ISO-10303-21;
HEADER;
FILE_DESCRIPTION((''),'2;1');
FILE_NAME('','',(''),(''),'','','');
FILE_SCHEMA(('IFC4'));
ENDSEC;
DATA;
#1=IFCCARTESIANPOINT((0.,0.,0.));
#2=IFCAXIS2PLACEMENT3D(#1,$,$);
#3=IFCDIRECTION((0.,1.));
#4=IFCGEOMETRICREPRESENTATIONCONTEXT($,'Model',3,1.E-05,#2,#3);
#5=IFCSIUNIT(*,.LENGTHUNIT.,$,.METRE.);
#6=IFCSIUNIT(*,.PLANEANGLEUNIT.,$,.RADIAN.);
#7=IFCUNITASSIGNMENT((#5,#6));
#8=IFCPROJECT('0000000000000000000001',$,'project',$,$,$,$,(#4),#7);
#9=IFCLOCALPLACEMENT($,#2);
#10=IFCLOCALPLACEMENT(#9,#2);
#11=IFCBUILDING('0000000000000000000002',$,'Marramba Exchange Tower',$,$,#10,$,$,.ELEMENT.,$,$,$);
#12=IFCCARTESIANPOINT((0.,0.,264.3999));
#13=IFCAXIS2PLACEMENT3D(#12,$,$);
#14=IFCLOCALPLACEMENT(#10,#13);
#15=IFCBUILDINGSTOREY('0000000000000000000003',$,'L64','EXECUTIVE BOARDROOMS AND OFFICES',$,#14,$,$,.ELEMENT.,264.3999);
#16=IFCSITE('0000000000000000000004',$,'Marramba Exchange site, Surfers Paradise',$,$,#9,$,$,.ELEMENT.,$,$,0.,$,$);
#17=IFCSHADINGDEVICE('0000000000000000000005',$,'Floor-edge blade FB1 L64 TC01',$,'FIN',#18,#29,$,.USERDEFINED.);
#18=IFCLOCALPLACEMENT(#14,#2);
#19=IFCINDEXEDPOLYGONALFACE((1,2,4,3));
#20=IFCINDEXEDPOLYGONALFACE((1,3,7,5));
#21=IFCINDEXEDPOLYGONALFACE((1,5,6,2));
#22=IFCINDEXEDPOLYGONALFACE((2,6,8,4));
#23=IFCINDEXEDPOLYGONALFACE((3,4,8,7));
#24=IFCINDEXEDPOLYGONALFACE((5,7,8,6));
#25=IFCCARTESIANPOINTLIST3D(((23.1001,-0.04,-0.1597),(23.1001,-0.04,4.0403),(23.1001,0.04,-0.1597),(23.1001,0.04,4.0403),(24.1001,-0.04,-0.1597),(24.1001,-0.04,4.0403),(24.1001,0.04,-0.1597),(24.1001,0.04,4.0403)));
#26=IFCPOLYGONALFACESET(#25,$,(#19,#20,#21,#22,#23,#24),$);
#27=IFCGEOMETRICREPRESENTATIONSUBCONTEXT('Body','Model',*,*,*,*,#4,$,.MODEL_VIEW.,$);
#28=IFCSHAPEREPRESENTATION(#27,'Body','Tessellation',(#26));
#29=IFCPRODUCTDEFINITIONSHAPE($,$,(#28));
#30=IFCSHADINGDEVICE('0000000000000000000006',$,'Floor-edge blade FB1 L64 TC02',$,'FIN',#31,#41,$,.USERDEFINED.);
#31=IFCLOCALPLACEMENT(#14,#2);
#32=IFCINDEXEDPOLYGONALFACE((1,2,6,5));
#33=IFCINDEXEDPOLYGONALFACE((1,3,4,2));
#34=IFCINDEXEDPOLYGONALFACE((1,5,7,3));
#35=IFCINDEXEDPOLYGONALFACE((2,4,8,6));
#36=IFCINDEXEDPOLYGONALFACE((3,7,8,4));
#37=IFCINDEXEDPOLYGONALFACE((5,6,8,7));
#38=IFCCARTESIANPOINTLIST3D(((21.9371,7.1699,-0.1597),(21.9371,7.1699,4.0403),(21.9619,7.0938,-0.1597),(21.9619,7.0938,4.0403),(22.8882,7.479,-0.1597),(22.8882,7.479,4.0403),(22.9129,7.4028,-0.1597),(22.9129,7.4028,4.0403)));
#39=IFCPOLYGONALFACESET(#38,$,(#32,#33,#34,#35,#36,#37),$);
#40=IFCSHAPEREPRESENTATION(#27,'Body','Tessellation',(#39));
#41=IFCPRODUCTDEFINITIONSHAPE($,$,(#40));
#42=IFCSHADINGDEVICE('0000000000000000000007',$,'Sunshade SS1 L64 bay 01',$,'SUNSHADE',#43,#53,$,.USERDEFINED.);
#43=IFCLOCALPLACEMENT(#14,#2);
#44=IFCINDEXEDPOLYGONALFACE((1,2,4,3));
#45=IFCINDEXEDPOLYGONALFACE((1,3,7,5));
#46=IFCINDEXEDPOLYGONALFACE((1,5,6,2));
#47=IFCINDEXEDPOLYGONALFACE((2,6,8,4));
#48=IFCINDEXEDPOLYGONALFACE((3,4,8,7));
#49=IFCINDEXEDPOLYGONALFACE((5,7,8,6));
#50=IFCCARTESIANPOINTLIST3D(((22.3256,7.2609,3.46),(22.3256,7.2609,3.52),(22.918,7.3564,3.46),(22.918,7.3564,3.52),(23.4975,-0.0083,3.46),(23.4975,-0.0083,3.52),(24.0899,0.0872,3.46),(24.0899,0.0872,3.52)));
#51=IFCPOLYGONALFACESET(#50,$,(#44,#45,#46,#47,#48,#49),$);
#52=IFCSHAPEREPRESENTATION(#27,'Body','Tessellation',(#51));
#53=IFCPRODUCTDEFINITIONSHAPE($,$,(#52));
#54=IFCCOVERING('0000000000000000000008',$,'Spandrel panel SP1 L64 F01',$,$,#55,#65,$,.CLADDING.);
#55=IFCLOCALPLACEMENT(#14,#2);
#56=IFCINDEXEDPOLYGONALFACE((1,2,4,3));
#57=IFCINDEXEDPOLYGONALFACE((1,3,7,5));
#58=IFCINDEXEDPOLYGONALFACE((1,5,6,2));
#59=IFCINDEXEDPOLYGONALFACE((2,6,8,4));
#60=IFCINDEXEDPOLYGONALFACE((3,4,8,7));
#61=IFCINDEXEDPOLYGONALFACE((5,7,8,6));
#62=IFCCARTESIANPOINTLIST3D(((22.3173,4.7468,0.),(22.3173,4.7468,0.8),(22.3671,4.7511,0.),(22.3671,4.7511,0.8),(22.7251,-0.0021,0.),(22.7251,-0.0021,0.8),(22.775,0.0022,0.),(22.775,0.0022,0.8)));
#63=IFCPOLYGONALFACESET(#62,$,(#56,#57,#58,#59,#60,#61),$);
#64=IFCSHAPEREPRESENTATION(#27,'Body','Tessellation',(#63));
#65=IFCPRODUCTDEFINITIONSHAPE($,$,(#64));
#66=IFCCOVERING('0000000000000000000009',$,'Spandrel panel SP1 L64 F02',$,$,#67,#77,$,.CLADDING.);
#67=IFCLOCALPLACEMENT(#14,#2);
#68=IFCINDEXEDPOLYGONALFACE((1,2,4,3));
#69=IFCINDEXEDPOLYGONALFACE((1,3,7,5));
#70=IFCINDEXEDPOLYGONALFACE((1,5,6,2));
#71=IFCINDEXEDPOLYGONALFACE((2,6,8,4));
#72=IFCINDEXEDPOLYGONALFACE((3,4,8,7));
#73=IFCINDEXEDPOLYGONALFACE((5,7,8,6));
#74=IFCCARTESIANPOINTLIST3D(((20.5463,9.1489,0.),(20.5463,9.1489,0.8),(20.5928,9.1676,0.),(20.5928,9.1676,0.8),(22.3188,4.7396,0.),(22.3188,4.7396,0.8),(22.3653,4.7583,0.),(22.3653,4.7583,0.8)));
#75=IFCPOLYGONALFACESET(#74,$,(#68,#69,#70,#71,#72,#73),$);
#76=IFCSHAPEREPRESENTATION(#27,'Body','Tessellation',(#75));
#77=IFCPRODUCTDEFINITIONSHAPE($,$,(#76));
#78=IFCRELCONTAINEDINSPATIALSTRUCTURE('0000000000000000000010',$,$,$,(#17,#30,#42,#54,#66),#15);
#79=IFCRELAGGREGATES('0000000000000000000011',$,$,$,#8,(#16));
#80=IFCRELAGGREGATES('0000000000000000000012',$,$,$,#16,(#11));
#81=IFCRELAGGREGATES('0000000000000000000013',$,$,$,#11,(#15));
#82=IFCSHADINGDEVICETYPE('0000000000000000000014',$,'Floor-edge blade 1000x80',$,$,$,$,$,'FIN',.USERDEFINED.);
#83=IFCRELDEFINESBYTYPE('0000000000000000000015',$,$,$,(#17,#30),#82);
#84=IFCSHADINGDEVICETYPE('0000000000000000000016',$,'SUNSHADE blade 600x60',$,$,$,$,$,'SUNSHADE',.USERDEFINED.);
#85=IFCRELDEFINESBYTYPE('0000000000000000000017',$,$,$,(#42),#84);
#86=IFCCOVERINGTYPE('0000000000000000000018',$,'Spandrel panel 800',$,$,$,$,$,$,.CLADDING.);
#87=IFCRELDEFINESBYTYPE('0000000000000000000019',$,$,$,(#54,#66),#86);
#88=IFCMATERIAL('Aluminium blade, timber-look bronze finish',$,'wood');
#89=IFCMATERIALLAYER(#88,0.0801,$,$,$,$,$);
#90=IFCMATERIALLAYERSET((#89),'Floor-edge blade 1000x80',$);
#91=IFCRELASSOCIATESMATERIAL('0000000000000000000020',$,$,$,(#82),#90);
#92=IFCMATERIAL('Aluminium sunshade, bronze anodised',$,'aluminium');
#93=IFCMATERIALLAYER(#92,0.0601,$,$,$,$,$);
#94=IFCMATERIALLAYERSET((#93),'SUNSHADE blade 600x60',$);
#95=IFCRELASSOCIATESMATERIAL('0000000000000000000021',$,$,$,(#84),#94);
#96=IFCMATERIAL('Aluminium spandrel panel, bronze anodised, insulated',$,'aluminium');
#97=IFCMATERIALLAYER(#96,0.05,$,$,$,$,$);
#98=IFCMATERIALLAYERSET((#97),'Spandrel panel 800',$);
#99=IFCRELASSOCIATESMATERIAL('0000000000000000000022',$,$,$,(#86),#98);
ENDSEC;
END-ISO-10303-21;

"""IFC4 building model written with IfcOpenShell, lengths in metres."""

from ifc_helpers import new_model, si_unit, direction, frame, origin, origin_2d, place, context, subcontext, project, spatial, rectangle, extrude, material, layer, layer_set, type_object, element, save


model = new_model("IFC4")

# Units and contexts
model_context = context("Model", 3, precision=1e-05, world=origin(), true_north=direction((0.0, 1.0)))
body_context = subcontext(model_context, "Body", "Model", "MODEL_VIEW")
ifc_project = project(units=[si_unit("LENGTHUNIT", "METRE"), si_unit("PLANEANGLEUNIT", "RADIAN")], contexts=[model_context])

# Site, building, storey
site_placement = place(None, origin())
site = spatial("IfcSite", under=ifc_project, at=site_placement, Name="Marramba Exchange site, Surfers Paradise", CompositionType="ELEMENT", RefElevation=0.0)
building_placement = place(site_placement, origin())
building = spatial("IfcBuilding", under=site, at=building_placement, Name="Marramba Exchange Tower", CompositionType="ELEMENT")
storey_placement = place(building_placement, frame((0.0, 0.0, 264.3999)))
storey = spatial("IfcBuildingStorey", under=building, at=storey_placement, Name="L64", Description="EXECUTIVE BOARDROOMS AND OFFICES", CompositionType="ELEMENT", Elevation=264.3999)

# Shading devices
ifc_material_1 = material(Name="Aluminium blade, timber-look bronze finish", Category="wood")
ifc_layer_1 = layer(ifc_material_1, 0.0801)
ifc_layer_set_1 = layer_set([ifc_layer_1], Name="Floor-edge blade 1000x80")
shading_device_type_1 = type_object("IfcShadingDeviceType", Name="Floor-edge blade 1000x80", ElementType="FIN", PredefinedType="USERDEFINED", material=ifc_layer_set_1)
for number, where, z_axis, x_axis, name in (
    (1, (23.6001, 0.0, -0.1597), (0.0, 0.0, 1.0), (1.0, 0.0, 0.0), "Floor-edge blade FB1 L64 TC01"),
    (2, (22.425, 7.2864, -0.1597), (0.0, 0.0, 1.0), (0.951057, 0.309017, 0.0), "Floor-edge blade FB1 L64 TC02"),
):
    element("IfcShadingDevice", number, at=place(storey_placement, frame(where, z_axis=z_axis, x_axis=x_axis)), inside=storey, type_object=shading_device_type_1, Name=name, ObjectType="FIN", PredefinedType="USERDEFINED", context=body_context, shape_type="SweptSolid", body=[
        extrude(rectangle(XDim=1.0, YDim=0.0801, at=origin_2d()), origin(), (0.0, 0.0, 1.0), 4.2),
    ])
ifc_material_2 = material(Name="Aluminium sunshade, bronze anodised", Category="aluminium")
ifc_layer_2 = layer(ifc_material_2, 0.0601)
ifc_layer_set_2 = layer_set([ifc_layer_2], Name="SUNSHADE blade 600x60")
shading_device_type_2 = type_object("IfcShadingDeviceType", Name="SUNSHADE blade 600x60", ElementType="SUNSHADE", PredefinedType="USERDEFINED", material=ifc_layer_set_2)
shading_device_placement = place(storey_placement, frame((23.2078, 3.6741, 3.46), z_axis=(0.0, 0.0, 1.0), x_axis=(-0.159158, 0.987253, 0.0)))
element("IfcShadingDevice", 3, at=shading_device_placement, inside=storey, type_object=shading_device_type_2, Name="Sunshade SS1 L64 bay 01", ObjectType="SUNSHADE", PredefinedType="USERDEFINED", context=body_context, shape_type="SweptSolid", body=[
    extrude(rectangle(XDim=7.363, YDim=0.6001, at=origin_2d()), origin(), (0.0, 0.0, 1.0), 0.0601),
])

# Coverings
ifc_material_3 = material(Name="Aluminium spandrel panel, bronze anodised, insulated", Category="aluminium")
ifc_layer_3 = layer(ifc_material_3, 0.05)
ifc_layer_set_3 = layer_set([ifc_layer_3], Name="Spandrel panel 800")
covering_type = type_object("IfcCoveringType", Name="Spandrel panel 800", PredefinedType="CLADDING", material=ifc_layer_set_3)
covering_1_placement = place(storey_placement, frame((22.5461, 2.3745, 0.0), z_axis=(0.0, 0.0, 1.0), x_axis=(-0.085574, 0.996332, 0.0)))
element("IfcCovering", 4, at=covering_1_placement, inside=storey, type_object=covering_type, Name="Spandrel panel SP1 L64 F01", PredefinedType="CLADDING", context=body_context, shape_type="SweptSolid", body=[
    extrude(rectangle(XDim=4.7664, YDim=0.05, at=origin_2d()), origin(), (0.0, 0.0, 1.0), 0.8),
])
covering_2_placement = place(storey_placement, frame((21.4558, 6.9536, 0.0), z_axis=(0.0, 0.0, 1.0), x_axis=(-0.372983, 0.927838, 0.0)))
element("IfcCovering", 5, at=covering_2_placement, inside=storey, type_object=covering_type, Name="Spandrel panel SP1 L64 F02", PredefinedType="CLADDING", context=body_context, shape_type="SweptSolid", body=[
    extrude(rectangle(XDim=4.7522, YDim=0.05, at=origin_2d()), origin(), (0.0, 0.0, 1.0), 0.8),
])

save(model, "model.ifc")
